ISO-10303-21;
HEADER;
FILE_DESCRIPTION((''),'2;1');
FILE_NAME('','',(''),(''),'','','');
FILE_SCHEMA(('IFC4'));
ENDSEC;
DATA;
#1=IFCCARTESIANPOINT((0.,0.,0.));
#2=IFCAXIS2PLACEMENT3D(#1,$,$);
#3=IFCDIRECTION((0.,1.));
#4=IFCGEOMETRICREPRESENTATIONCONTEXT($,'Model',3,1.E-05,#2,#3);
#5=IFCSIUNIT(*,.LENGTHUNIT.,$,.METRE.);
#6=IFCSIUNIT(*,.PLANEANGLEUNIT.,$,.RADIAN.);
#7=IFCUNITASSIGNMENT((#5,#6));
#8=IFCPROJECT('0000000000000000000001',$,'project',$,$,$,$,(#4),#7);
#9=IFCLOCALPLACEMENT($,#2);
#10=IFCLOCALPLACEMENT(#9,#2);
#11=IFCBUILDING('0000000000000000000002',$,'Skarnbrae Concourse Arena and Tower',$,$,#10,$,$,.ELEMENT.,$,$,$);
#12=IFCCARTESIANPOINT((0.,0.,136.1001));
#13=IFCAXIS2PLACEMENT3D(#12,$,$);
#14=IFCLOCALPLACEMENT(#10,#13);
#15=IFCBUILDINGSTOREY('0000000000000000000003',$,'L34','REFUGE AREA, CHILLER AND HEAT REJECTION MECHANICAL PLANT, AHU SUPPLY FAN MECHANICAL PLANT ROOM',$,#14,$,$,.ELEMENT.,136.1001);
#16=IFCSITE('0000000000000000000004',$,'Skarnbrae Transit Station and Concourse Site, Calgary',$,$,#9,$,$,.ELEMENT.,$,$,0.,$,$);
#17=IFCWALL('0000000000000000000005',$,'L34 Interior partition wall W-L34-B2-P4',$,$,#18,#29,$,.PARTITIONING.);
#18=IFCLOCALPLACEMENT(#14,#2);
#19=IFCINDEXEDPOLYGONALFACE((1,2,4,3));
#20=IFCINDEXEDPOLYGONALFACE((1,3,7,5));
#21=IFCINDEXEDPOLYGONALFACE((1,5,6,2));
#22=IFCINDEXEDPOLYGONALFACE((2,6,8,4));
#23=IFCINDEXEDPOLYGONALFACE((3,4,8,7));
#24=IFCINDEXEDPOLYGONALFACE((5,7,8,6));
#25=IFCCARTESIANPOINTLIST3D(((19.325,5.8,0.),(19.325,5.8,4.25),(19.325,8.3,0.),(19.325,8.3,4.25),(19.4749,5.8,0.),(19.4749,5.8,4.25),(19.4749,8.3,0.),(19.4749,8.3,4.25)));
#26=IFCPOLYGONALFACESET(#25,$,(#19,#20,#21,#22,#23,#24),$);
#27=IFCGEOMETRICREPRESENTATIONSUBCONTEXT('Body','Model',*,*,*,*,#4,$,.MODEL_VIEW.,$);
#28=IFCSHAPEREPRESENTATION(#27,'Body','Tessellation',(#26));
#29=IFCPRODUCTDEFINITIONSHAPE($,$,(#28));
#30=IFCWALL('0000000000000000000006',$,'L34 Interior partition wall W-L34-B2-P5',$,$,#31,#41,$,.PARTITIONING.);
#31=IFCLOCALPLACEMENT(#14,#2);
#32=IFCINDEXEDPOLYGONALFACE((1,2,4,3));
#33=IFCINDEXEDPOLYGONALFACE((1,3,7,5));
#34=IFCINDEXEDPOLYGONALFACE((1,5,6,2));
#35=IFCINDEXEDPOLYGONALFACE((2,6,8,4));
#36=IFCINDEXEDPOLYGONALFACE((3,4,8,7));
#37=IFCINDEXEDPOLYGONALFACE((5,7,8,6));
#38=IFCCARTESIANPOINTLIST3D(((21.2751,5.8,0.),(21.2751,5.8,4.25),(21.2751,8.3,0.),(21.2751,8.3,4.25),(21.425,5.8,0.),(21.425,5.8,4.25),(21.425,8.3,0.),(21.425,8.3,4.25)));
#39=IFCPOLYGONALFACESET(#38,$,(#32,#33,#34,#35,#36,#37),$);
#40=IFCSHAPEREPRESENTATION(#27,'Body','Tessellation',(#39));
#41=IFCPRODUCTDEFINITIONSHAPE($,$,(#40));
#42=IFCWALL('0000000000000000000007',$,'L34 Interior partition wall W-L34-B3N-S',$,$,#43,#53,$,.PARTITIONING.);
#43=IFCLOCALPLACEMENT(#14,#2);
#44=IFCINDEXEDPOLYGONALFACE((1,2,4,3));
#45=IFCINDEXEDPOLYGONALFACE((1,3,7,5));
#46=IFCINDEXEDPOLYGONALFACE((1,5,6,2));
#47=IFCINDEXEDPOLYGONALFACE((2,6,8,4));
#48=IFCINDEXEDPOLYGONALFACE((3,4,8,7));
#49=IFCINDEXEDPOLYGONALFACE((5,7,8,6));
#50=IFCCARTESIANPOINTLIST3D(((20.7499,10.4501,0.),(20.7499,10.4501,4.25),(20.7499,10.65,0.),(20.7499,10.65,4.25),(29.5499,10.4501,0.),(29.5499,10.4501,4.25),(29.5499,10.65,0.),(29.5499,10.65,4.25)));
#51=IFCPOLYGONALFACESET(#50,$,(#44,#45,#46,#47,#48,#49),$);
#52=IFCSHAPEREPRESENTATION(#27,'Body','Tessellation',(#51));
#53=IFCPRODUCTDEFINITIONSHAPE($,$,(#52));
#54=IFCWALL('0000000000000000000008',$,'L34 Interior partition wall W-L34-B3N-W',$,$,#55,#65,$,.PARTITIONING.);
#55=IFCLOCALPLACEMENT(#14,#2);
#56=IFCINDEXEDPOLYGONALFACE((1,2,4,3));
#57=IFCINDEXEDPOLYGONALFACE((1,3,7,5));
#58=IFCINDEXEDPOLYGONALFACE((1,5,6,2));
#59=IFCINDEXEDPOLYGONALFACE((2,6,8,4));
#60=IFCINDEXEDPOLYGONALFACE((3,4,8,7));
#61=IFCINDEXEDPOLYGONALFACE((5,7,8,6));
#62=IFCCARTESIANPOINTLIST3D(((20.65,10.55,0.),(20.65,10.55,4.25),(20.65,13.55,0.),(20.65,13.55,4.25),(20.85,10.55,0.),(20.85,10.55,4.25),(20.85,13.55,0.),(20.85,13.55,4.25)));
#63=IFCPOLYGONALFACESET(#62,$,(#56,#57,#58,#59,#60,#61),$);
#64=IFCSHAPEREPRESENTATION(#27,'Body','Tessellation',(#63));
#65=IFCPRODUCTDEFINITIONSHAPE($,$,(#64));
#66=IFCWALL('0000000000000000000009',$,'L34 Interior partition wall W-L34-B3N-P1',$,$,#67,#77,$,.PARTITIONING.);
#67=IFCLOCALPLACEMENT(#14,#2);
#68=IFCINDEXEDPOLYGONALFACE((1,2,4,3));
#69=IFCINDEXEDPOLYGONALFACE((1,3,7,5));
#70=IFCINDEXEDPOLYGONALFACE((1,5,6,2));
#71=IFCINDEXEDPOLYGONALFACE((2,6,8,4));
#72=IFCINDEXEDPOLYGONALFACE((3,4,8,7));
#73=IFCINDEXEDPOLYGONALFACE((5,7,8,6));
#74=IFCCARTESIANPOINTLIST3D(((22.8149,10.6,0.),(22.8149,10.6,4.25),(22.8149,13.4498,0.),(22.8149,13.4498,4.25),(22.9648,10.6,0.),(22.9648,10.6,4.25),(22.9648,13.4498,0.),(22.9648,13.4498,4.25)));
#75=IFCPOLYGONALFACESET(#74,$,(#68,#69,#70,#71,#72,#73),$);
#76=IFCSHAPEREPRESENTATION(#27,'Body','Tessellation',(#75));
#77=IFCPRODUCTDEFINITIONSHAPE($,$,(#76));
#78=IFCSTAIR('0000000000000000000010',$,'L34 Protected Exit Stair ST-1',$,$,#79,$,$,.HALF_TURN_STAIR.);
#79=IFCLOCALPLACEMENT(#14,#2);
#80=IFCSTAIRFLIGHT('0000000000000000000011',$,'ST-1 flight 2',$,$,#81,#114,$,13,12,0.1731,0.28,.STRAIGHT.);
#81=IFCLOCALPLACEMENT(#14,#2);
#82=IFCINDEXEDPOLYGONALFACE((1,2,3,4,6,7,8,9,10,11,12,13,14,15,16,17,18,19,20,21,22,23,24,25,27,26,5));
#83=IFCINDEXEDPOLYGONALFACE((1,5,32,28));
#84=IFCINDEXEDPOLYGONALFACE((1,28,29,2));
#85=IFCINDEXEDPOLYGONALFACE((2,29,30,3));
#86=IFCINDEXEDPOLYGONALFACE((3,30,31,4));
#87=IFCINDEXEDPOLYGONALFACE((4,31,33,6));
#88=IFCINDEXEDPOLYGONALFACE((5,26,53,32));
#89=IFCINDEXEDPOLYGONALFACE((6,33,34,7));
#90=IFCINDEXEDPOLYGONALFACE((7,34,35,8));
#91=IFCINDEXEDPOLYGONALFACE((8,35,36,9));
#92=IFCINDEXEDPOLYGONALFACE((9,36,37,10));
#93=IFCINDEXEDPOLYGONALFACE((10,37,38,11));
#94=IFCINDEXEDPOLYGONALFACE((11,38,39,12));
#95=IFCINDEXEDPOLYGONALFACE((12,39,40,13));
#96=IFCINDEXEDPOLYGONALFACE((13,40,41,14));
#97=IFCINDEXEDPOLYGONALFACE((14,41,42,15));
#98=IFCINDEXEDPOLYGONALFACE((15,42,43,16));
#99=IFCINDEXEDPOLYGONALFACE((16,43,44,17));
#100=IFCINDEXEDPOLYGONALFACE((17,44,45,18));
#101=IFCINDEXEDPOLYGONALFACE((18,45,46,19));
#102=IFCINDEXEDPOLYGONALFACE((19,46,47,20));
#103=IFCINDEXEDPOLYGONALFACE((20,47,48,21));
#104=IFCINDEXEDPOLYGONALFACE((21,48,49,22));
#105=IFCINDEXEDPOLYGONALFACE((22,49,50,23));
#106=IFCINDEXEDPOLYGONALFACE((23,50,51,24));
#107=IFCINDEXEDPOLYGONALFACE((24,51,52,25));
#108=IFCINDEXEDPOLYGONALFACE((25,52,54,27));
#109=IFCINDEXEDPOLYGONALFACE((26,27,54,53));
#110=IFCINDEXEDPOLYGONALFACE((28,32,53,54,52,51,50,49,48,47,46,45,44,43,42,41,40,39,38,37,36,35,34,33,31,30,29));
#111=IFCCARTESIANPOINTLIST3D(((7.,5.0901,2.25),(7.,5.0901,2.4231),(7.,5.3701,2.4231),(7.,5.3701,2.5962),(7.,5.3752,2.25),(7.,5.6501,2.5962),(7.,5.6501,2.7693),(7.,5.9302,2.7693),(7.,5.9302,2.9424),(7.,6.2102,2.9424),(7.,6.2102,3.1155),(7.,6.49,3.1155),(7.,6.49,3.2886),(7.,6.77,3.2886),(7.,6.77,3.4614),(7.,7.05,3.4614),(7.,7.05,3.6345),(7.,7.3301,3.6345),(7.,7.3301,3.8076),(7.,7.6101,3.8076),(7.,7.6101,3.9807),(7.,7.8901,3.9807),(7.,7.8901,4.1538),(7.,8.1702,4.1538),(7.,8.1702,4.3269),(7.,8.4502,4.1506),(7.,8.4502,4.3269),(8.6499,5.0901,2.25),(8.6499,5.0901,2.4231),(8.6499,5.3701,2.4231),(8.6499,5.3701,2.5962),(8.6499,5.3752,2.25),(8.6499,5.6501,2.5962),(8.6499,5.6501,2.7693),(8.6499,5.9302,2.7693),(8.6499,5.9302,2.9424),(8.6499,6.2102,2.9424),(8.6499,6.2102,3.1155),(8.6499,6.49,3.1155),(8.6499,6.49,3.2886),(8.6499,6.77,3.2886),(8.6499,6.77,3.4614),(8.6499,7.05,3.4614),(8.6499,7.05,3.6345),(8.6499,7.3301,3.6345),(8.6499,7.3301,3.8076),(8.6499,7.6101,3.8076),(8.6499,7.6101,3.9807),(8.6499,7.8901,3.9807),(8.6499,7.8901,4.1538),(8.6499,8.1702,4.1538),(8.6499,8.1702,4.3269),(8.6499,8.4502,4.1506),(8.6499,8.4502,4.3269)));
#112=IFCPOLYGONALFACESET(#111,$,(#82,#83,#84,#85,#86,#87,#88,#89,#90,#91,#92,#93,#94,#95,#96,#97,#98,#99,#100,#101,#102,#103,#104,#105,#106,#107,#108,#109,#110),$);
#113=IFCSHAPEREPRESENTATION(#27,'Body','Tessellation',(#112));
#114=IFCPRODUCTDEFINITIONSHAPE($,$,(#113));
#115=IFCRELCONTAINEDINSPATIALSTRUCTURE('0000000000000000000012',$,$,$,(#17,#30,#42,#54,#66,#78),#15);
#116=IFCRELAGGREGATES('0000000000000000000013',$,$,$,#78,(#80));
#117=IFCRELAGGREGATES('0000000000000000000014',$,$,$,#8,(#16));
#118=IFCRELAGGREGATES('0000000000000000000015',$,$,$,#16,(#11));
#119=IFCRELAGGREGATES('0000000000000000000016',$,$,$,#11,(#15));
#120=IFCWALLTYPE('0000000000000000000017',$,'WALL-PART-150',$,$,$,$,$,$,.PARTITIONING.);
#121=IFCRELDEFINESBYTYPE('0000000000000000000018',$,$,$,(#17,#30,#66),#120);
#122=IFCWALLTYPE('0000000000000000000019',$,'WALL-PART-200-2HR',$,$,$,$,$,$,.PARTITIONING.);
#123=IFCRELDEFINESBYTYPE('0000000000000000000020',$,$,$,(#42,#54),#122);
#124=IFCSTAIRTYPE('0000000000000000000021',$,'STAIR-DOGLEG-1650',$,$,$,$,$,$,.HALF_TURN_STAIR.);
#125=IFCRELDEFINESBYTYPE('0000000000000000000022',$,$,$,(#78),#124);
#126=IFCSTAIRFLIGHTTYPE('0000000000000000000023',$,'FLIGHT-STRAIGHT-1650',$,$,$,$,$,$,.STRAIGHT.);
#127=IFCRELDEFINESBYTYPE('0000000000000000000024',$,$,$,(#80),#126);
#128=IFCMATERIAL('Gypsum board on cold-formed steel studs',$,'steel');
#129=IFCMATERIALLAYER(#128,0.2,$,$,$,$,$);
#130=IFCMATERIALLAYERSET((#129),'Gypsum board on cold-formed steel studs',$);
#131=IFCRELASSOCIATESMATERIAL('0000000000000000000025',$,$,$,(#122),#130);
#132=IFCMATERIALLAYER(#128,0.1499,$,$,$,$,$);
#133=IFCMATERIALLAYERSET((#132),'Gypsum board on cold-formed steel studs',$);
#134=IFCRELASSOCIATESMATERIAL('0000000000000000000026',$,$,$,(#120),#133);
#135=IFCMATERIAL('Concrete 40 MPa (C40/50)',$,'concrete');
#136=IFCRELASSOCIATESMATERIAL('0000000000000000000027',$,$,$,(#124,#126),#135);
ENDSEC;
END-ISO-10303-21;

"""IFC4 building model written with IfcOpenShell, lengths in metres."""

from ifc_helpers import new_model, si_unit, direction, frame, frame_2d, origin, place, context, subcontext, project, spatial, polyline, rectangle, outline, extrude, source, transform, mapped, material, layer, layer_set, type_object, element, aggregate, save


model = new_model("IFC4")

# Units and contexts
model_context = context("Model", 3, precision=1e-05, world=origin(), true_north=direction((0.0, 1.0)))
body_context = subcontext(model_context, "Body", "Model", "MODEL_VIEW")
ifc_project = project(units=[si_unit("LENGTHUNIT", "METRE"), si_unit("PLANEANGLEUNIT", "RADIAN")], contexts=[model_context])

# Site, building, storey
site_placement = place(None, origin())
site = spatial("IfcSite", under=ifc_project, at=site_placement, Name="Skarnbrae Transit Station and Concourse Site, Calgary", CompositionType="ELEMENT", RefElevation=0.0)
building_placement = place(site_placement, origin())
building = spatial("IfcBuilding", under=site, at=building_placement, Name="Skarnbrae Concourse Arena and Tower", CompositionType="ELEMENT")
storey_placement = place(building_placement, frame((0.0, 0.0, 136.1001)))
storey = spatial("IfcBuildingStorey", under=building, at=storey_placement, Name="L34", Description="REFUGE AREA, CHILLER AND HEAT REJECTION MECHANICAL PLANT, AHU SUPPLY FAN MECHANICAL PLANT ROOM", CompositionType="ELEMENT", Elevation=136.1001)

# Shared definitions
ifc_material_1 = material(Name="Gypsum board on cold-formed steel studs", Category="steel")
ifc_layer_1 = layer(ifc_material_1, 0.2)
ifc_layer_set_1 = layer_set([ifc_layer_1], Name="Gypsum board on cold-formed steel studs")
wall_type_1 = type_object("IfcWallType", Name="WALL-PART-200-2HR", PredefinedType="PARTITIONING", material=ifc_layer_set_1)

# Shared definitions
ifc_layer_2 = layer(ifc_material_1, 0.1499)
ifc_layer_set_2 = layer_set([ifc_layer_2], Name="Gypsum board on cold-formed steel studs")
wall_type_2 = type_object("IfcWallType", Name="WALL-PART-150", PredefinedType="PARTITIONING", material=ifc_layer_set_2)

# Walls
shared_shape_1 = source(origin(), body_context, "Body", "SweptSolid", [
    extrude(rectangle(XDim=2.5, YDim=0.1499, at=frame_2d((1.25, 0.0))), origin(), (0.0, 0.0, 1.0), 4.25),
])
for number, where, z_axis, x_axis, name in (
    (1, (19.3999, 5.8, 0.0), (0.0, 0.0, 1.0), (0.0, 1.0, 0.0), "L34 Interior partition wall W-L34-B2-P4"),
    (2, (21.3501, 5.8, 0.0), (0.0, 0.0, 1.0), (0.0, 1.0, 0.0), "L34 Interior partition wall W-L34-B2-P5"),
):
    element("IfcWall", number, at=place(storey_placement, frame(where, z_axis=z_axis, x_axis=x_axis)), inside=storey, type_object=wall_type_2, Name=name, PredefinedType="PARTITIONING", context=body_context, shape_type="MappedRepresentation", body=[
        mapped(shared_shape_1, transform((0.0, 0.0, 0.0))),
    ])
shared_shape_2 = source(origin(), body_context, "Body", "SweptSolid", [
    extrude(rectangle(XDim=8.8, YDim=0.2, at=frame_2d((4.3999, 0.0))), origin(), (0.0, 0.0, 1.0), 4.25),
])
wall_1_placement = place(storey_placement, frame((20.75, 10.55, 0.0), z_axis=(0.0, 0.0, 1.0), x_axis=(1.0, 0.0, 0.0)))
element("IfcWall", 3, at=wall_1_placement, inside=storey, type_object=wall_type_1, Name="L34 Interior partition wall W-L34-B3N-S", PredefinedType="PARTITIONING", context=body_context, shape_type="MappedRepresentation", body=[
    mapped(shared_shape_2, transform((0.0, 0.0, 0.0))),
])
shared_shape_3 = source(origin(), body_context, "Body", "SweptSolid", [
    extrude(rectangle(XDim=3.0, YDim=0.2, at=frame_2d((1.5, 0.0))), origin(), (0.0, 0.0, 1.0), 4.25),
])
wall_2_placement = place(storey_placement, frame((20.75, 10.55, 0.0), z_axis=(0.0, 0.0, 1.0), x_axis=(0.0, 1.0, 0.0)))
element("IfcWall", 4, at=wall_2_placement, inside=storey, type_object=wall_type_1, Name="L34 Interior partition wall W-L34-B3N-W", PredefinedType="PARTITIONING", context=body_context, shape_type="MappedRepresentation", body=[
    mapped(shared_shape_3, transform((0.0, 0.0, 0.0))),
])
shared_shape_4 = source(origin(), body_context, "Body", "SweptSolid", [
    extrude(rectangle(XDim=2.8499, YDim=0.1499, at=frame_2d((1.4248, 0.0))), origin(), (0.0, 0.0, 1.0), 4.25),
])
wall_3_placement = place(storey_placement, frame((22.8899, 10.6001, 0.0), z_axis=(0.0, 0.0, 1.0), x_axis=(0.0, 1.0, 0.0)))
element("IfcWall", 5, at=wall_3_placement, inside=storey, type_object=wall_type_2, Name="L34 Interior partition wall W-L34-B3N-P1", PredefinedType="PARTITIONING", context=body_context, shape_type="MappedRepresentation", body=[
    mapped(shared_shape_4, transform((0.0, 0.0, 0.0))),
])

# Stair, stair flight
ifc_material_2 = material(Name="Concrete 40 MPa (C40/50)", Category="concrete")
stair_type = type_object("IfcStairType", Name="STAIR-DOGLEG-1650", PredefinedType="HALF_TURN_STAIR", material=ifc_material_2)
stair_placement = place(storey_placement, origin())
stair = element("IfcStair", 6, at=stair_placement, inside=storey, type_object=stair_type, Name="L34 Protected Exit Stair ST-1", PredefinedType="HALF_TURN_STAIR")
stair_flight_type = type_object("IfcStairFlightType", Name="FLIGHT-STRAIGHT-1650", PredefinedType="STRAIGHT", material=ifc_material_2)
shared_shape_5 = source(origin(), body_context, "Body", "SweptSolid", [
    extrude(outline(polyline([(0.0, 0.0), (0.0, 0.1731), (0.28, 0.1731), (0.28, 0.3462), (0.5601, 0.3462), (0.5601, 0.5193), (0.8401, 0.5193), (0.8401, 0.6924), (1.1201, 0.6924), (1.1201, 0.8655), (1.3999, 0.8655), (1.3999, 1.0386), (1.6799, 1.0386), (1.6799, 1.2114), (1.96, 1.2114), (1.96, 1.3845), (2.24, 1.3845), (2.24, 1.5576), (2.52, 1.5576), (2.52, 1.7307), (2.8, 1.7307), (2.8, 1.9038), (3.0801, 1.9038), (3.0801, 2.0769), (3.3601, 2.0769), (3.3601, 2.25), (3.3601, 1.9006), (0.2852, 0.0), (0.0, 0.0)])), frame((0.0, 0.825, 0.0), z_axis=(0.0, -1.0, 0.0), x_axis=(1.0, 0.0, 0.0)), (0.0, 0.0, 1.0), 1.6499),
])
stair_flight_placement = place(storey_placement, frame((7.825, 5.0901, 2.25), z_axis=(0.0, 0.0, 1.0), x_axis=(0.0, 1.0, 0.0)))
stair_flight = element("IfcStairFlight", 7, at=stair_flight_placement, type_object=stair_flight_type, Name="ST-1 flight 2", NumberOfRisers=13, NumberOfTreads=12, PredefinedType="STRAIGHT", RiserHeight=0.1731, TreadLength=0.28, context=body_context, shape_type="MappedRepresentation", body=[
    mapped(shared_shape_5, transform((0.0, 0.0, 0.0))),
])
aggregate(stair, [stair_flight])

save(model, "model.ifc")
